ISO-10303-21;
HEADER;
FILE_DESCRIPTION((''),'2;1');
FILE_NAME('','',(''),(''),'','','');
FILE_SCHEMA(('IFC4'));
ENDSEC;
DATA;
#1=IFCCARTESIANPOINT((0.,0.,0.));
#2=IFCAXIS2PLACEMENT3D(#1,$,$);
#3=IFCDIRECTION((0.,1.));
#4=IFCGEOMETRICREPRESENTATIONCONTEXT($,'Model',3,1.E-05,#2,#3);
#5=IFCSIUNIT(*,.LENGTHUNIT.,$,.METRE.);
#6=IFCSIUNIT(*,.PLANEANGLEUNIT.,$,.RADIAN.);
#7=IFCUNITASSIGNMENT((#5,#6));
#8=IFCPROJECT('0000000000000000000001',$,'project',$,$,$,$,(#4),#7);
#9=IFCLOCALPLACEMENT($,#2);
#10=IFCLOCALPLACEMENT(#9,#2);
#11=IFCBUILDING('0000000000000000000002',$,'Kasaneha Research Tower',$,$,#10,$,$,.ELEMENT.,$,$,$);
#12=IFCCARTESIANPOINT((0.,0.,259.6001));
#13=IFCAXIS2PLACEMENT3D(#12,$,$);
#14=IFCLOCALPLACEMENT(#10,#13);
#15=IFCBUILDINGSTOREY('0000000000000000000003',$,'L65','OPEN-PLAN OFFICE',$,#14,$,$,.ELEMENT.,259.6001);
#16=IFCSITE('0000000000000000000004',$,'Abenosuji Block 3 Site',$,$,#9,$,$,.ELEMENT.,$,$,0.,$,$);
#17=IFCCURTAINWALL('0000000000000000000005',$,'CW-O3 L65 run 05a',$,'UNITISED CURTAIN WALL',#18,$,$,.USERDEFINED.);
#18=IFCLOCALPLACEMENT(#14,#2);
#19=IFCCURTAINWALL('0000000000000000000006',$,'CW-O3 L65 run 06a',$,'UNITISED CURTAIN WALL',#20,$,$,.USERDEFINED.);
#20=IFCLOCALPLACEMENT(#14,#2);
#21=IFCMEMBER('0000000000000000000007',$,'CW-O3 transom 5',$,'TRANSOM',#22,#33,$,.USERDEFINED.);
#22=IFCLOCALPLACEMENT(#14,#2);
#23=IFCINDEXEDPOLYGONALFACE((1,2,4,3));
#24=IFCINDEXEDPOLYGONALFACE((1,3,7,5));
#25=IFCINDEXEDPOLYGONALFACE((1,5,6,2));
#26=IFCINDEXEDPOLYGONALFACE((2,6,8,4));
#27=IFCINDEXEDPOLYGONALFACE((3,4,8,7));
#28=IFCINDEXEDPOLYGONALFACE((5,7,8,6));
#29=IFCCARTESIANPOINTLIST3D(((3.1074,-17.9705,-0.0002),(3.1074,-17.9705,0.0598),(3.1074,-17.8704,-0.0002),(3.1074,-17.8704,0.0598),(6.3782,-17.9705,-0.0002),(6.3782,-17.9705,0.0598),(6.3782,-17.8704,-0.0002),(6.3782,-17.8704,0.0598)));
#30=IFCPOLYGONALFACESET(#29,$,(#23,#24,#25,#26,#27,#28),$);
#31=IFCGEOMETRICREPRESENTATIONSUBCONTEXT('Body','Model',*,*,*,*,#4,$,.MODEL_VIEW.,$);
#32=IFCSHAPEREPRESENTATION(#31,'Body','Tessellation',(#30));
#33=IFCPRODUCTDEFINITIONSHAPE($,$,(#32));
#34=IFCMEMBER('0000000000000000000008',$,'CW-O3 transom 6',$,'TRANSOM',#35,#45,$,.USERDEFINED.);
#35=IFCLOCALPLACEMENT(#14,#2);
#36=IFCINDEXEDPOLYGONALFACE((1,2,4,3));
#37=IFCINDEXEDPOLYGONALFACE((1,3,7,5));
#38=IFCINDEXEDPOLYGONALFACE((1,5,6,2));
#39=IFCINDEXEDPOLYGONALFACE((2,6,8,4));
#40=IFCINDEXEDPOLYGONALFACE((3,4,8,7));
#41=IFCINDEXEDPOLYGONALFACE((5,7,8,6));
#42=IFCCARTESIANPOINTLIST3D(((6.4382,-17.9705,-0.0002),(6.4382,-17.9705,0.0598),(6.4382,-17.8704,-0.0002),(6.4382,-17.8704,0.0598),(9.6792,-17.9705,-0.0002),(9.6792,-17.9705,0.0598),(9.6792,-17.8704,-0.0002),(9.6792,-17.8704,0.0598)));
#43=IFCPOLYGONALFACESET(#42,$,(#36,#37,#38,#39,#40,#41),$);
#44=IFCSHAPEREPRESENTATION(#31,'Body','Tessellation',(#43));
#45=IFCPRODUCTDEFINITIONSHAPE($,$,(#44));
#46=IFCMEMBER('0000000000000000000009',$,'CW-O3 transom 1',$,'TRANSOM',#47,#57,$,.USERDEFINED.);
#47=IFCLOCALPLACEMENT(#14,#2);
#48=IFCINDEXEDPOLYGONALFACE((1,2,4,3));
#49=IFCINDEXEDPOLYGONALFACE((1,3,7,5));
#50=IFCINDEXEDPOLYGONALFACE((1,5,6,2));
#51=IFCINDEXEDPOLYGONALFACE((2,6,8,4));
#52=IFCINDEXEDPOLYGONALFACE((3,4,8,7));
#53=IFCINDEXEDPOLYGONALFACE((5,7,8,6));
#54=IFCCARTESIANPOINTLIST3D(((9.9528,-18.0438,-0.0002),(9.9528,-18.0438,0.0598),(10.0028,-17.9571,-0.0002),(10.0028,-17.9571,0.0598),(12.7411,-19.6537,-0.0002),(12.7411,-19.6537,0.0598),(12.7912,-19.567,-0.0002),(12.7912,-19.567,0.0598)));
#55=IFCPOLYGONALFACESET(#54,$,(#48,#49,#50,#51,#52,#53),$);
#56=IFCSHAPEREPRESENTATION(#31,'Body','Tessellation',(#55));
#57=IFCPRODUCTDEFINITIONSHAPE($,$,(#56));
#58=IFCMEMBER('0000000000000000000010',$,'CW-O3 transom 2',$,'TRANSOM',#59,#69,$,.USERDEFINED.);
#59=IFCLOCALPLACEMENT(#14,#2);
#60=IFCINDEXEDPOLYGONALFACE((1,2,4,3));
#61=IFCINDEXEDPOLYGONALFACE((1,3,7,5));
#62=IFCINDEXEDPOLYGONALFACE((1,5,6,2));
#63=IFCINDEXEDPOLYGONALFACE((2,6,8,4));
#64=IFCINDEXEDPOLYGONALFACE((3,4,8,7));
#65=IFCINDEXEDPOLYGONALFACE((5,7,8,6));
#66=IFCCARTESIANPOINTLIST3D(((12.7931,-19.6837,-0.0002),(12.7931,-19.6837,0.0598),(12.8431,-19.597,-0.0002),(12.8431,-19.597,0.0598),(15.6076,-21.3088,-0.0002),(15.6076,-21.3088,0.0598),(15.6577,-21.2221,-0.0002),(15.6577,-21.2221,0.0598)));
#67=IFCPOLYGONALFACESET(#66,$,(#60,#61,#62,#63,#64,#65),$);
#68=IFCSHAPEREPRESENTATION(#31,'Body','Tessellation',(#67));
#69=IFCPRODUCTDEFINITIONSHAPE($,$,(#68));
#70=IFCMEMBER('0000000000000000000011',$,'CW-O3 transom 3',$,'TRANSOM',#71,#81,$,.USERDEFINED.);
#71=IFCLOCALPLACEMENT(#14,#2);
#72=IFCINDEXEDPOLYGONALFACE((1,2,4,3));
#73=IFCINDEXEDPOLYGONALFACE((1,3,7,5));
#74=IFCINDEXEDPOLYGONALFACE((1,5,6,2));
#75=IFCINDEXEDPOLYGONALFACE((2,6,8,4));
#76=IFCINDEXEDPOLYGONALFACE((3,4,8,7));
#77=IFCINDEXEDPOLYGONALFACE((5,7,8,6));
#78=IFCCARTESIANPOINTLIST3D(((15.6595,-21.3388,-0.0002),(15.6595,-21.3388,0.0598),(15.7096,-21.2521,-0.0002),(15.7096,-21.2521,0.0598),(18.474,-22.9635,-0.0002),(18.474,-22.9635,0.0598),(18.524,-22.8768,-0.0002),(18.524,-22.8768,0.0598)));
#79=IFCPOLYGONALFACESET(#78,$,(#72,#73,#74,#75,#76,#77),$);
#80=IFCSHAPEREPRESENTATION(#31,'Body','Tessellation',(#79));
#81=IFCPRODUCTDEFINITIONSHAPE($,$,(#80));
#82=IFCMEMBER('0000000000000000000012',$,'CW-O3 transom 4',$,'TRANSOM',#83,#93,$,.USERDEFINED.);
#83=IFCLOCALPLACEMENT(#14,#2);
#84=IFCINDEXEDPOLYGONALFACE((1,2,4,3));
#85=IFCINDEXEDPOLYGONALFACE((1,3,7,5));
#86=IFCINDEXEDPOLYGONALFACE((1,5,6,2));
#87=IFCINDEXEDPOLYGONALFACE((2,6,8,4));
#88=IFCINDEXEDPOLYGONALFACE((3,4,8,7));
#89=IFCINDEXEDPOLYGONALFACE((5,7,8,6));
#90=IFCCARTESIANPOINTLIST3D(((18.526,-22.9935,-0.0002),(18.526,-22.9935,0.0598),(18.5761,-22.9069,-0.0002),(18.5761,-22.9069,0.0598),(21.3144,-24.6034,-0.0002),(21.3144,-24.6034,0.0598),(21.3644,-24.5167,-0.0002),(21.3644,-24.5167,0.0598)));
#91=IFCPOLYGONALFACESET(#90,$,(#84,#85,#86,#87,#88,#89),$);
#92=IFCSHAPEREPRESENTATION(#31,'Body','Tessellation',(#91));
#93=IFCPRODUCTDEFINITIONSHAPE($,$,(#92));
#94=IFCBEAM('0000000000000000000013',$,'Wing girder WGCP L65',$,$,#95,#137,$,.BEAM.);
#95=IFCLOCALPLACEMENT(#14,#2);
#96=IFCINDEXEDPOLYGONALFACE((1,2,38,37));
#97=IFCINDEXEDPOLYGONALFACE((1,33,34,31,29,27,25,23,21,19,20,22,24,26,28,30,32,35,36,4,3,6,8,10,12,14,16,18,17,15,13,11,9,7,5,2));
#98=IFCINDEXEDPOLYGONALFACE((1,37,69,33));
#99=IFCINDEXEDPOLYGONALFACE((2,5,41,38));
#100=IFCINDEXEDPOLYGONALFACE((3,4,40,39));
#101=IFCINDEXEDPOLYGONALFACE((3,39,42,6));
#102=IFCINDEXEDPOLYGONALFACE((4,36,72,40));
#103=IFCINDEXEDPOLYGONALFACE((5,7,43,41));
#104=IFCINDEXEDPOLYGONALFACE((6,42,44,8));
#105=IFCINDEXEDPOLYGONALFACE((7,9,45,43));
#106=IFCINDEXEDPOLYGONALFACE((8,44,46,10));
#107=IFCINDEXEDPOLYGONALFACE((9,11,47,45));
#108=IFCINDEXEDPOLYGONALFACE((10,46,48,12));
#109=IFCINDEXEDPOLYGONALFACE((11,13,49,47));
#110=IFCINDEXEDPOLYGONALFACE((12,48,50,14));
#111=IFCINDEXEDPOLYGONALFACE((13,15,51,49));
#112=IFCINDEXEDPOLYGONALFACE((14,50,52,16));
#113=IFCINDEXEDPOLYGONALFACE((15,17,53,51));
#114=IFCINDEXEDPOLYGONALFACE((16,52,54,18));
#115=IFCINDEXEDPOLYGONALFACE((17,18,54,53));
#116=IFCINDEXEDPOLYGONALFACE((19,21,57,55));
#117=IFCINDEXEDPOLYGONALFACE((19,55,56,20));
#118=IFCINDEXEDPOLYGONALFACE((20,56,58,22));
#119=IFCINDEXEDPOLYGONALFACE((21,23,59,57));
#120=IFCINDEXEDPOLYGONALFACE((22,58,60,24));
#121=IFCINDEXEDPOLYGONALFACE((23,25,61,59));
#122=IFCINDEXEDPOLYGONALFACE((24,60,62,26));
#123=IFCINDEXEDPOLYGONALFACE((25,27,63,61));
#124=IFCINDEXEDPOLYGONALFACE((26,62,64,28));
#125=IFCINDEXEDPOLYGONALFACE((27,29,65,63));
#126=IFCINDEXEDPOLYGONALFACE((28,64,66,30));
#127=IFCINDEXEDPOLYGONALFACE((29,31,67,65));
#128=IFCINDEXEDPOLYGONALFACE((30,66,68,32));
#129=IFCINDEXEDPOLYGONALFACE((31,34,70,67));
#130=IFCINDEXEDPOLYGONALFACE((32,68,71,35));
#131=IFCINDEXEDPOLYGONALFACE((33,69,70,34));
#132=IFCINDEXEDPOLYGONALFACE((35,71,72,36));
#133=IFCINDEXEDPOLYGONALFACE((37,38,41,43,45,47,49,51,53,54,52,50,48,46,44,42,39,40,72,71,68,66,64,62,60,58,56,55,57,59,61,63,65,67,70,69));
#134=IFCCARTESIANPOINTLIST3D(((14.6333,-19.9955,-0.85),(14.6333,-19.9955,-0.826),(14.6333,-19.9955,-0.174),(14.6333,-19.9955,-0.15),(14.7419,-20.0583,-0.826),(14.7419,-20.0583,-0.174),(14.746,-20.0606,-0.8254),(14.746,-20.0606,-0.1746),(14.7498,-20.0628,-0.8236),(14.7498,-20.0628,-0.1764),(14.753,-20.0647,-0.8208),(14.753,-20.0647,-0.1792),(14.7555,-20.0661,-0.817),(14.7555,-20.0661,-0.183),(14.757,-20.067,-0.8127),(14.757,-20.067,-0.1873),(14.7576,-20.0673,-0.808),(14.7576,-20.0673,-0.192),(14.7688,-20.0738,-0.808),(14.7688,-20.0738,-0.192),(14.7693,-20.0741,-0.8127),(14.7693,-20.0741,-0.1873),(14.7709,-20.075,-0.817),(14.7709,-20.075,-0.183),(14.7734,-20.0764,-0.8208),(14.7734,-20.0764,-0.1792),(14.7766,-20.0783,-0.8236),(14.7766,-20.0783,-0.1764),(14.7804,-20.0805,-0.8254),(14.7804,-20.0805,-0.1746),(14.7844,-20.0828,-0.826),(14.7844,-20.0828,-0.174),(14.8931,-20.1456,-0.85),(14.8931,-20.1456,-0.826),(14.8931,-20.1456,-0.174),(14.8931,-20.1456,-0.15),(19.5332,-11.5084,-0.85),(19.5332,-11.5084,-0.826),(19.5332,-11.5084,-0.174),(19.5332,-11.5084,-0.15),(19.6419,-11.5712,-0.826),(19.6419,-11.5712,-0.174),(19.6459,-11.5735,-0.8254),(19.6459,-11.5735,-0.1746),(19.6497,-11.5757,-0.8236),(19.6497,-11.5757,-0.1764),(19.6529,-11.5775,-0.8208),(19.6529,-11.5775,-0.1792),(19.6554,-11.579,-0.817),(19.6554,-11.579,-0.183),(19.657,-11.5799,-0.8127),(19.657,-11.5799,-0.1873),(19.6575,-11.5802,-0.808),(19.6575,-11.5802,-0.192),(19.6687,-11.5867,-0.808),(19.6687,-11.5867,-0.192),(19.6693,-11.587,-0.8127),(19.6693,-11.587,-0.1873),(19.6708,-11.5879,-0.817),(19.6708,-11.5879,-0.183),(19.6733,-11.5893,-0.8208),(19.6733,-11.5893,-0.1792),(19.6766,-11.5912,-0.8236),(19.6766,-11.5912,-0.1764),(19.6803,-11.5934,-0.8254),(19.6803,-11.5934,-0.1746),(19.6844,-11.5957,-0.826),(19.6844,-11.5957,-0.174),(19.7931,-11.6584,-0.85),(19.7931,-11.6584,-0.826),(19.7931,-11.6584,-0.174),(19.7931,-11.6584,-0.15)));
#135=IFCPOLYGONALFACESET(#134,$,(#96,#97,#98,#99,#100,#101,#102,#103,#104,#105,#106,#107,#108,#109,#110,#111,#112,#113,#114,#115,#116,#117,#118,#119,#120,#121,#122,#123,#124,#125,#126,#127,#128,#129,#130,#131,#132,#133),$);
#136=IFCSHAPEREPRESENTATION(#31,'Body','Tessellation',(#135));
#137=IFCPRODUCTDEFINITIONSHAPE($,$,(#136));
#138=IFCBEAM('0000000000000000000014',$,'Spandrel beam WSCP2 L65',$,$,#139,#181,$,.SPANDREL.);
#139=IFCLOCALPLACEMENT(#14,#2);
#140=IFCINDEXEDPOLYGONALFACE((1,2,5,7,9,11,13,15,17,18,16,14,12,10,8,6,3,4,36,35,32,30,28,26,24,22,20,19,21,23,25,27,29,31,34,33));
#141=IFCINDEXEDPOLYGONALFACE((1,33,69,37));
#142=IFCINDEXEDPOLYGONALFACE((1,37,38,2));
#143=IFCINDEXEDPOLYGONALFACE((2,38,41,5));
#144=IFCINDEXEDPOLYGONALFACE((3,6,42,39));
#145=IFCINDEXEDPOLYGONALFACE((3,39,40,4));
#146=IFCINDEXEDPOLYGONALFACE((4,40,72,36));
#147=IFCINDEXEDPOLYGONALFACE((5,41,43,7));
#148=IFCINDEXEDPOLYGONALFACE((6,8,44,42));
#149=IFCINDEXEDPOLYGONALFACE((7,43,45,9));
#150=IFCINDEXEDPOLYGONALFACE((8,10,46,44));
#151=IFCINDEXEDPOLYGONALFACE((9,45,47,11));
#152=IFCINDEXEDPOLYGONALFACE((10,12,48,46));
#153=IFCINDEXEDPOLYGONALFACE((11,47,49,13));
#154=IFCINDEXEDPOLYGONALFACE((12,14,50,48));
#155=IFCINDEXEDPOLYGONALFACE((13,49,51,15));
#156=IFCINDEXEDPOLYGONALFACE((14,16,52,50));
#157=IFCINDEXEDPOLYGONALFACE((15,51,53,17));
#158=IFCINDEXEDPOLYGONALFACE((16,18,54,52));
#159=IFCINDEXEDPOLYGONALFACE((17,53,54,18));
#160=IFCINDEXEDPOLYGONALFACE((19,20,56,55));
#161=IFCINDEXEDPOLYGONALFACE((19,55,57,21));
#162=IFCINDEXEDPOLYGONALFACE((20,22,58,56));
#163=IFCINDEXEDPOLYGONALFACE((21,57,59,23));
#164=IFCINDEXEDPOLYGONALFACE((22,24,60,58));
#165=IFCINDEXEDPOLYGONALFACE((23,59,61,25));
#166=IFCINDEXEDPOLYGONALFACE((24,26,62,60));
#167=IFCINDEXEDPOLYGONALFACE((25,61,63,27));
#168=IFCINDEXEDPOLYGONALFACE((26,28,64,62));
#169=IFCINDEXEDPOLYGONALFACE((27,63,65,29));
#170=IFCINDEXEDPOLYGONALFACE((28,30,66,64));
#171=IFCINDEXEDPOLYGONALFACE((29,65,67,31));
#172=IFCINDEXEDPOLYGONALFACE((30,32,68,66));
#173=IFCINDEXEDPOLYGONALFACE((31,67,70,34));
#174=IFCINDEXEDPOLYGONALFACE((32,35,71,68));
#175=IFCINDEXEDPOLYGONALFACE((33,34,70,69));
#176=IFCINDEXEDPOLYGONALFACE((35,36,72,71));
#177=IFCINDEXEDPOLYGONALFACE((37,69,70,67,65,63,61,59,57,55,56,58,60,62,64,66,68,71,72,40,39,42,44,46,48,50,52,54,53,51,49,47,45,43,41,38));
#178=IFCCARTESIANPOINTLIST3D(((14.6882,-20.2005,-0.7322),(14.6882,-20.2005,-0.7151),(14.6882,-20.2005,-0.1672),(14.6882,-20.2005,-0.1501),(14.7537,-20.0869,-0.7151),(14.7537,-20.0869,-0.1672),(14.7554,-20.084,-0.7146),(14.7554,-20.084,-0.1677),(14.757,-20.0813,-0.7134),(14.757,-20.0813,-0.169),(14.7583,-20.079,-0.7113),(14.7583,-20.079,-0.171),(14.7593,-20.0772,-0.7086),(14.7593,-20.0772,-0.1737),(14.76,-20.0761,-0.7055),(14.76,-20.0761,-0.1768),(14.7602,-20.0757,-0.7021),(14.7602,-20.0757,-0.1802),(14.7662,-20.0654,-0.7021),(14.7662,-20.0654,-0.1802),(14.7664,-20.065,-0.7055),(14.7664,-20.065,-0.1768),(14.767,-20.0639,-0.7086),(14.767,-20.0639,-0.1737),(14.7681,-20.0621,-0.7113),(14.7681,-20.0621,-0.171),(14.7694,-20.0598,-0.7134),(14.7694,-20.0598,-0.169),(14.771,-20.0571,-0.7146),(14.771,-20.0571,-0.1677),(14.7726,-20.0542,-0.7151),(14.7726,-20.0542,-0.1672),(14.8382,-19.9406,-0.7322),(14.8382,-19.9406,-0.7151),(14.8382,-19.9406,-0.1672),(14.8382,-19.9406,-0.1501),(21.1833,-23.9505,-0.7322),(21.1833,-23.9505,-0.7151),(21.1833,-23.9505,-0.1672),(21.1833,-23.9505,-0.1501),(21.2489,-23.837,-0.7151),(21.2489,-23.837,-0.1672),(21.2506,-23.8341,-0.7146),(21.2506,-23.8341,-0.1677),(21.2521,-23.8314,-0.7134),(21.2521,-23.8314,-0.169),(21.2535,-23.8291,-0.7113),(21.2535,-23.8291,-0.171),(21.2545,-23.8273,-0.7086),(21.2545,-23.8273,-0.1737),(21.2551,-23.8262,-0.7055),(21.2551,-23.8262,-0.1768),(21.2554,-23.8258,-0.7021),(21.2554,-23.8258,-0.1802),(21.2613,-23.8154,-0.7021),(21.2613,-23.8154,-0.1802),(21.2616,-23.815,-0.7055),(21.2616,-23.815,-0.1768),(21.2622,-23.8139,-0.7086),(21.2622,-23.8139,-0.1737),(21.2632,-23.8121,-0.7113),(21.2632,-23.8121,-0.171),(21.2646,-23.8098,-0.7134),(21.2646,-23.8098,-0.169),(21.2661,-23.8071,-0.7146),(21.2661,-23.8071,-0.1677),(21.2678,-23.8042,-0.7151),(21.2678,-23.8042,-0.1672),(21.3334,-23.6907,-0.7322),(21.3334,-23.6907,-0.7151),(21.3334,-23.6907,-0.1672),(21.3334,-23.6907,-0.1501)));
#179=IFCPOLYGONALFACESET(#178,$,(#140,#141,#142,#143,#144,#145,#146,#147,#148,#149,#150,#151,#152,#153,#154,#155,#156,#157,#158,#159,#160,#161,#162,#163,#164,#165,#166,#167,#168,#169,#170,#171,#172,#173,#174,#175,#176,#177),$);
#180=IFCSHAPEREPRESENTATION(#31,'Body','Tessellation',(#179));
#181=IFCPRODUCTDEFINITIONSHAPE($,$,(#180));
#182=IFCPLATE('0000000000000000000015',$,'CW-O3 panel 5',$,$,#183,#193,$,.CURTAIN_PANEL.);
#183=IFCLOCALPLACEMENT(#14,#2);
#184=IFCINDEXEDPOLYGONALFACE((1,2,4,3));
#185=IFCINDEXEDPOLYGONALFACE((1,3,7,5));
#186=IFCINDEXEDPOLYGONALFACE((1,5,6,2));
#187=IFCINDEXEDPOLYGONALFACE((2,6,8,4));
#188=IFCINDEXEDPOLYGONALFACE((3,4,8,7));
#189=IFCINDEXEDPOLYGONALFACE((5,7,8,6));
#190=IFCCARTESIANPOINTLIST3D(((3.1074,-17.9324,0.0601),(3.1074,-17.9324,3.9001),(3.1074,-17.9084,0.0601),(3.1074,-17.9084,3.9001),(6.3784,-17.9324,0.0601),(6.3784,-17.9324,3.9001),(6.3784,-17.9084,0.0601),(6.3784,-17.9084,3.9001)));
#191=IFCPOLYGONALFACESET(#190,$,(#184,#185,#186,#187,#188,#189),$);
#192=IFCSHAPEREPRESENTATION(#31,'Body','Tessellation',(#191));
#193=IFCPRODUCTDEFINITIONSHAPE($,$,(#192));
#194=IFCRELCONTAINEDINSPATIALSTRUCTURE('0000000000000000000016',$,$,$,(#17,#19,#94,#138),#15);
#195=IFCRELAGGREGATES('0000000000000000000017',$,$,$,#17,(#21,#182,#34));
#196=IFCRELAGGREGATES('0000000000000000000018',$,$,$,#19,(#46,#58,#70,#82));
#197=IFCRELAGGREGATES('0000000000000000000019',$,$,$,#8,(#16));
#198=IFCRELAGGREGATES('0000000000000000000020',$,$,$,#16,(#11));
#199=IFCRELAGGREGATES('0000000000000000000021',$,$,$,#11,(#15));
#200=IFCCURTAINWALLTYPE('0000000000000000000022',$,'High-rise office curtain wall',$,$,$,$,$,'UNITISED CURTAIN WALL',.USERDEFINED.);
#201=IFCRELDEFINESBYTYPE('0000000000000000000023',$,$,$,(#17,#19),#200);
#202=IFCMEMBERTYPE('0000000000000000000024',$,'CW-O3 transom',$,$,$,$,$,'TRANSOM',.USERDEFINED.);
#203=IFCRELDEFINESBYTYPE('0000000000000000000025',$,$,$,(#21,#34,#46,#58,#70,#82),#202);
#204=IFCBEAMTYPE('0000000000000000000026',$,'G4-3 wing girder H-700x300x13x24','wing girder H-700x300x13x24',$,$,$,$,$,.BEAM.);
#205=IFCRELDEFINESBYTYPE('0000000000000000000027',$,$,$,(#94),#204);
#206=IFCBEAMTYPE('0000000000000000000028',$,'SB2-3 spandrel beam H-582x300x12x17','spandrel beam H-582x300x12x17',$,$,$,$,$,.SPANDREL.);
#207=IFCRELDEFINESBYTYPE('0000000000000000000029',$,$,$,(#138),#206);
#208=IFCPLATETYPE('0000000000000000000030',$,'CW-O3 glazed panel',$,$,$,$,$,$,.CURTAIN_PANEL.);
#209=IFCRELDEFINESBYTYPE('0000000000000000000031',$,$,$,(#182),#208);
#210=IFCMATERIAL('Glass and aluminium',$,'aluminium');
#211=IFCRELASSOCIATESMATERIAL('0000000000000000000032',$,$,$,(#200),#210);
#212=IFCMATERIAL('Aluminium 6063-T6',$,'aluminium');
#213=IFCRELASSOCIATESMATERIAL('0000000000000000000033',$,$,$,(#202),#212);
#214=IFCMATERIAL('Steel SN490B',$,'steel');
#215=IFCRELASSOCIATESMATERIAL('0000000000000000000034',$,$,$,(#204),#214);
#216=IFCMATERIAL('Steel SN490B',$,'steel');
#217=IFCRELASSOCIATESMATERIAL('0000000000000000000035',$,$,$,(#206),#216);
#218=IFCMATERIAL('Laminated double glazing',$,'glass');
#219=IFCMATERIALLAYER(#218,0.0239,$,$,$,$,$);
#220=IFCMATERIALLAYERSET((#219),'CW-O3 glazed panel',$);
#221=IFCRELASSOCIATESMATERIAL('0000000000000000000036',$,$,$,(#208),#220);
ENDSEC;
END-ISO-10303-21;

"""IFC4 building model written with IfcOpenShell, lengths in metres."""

from ifc_helpers import new_model, si_unit, direction, frame, origin, origin_2d, place, context, subcontext, project, spatial, rectangle, i_section, extrude, material, layer, layer_set, material_profile, profile_set, type_object, element, aggregate, save


model = new_model("IFC4")

# Units and contexts
model_context = context("Model", 3, precision=1e-05, world=origin(), true_north=direction((0.0, 1.0)))
body_context = subcontext(model_context, "Body", "Model", "MODEL_VIEW")
ifc_project = project(units=[si_unit("LENGTHUNIT", "METRE"), si_unit("PLANEANGLEUNIT", "RADIAN")], contexts=[model_context])

# Site, building, storey
site_placement = place(None, origin())
site = spatial("IfcSite", under=ifc_project, at=site_placement, Name="Abenosuji Block 3 Site", CompositionType="ELEMENT", RefElevation=0.0)
building_placement = place(site_placement, origin())
building = spatial("IfcBuilding", under=site, at=building_placement, Name="Kasaneha Research Tower", CompositionType="ELEMENT")
storey_placement = place(building_placement, frame((0.0, 0.0, 259.6001)))
storey = spatial("IfcBuildingStorey", under=building, at=storey_placement, Name="L65", Description="OPEN-PLAN OFFICE", CompositionType="ELEMENT", Elevation=259.6001)

# Curtain walls
ifc_material_1 = material(Name="Glass and aluminium", Category="aluminium")
curtain_wall_type = type_object("IfcCurtainWallType", Name="High-rise office curtain wall", ElementType="UNITISED CURTAIN WALL", PredefinedType="USERDEFINED", material=ifc_material_1)
curtain_wall_1_placement = place(storey_placement, origin())
curtain_wall_1 = element("IfcCurtainWall", 1, at=curtain_wall_1_placement, inside=storey, type_object=curtain_wall_type, Name="CW-O3 L65 run 05a", ObjectType="UNITISED CURTAIN WALL", PredefinedType="USERDEFINED")
curtain_wall_2_placement = place(storey_placement, origin())
curtain_wall_2 = element("IfcCurtainWall", 2, at=curtain_wall_2_placement, inside=storey, type_object=curtain_wall_type, Name="CW-O3 L65 run 06a", ObjectType="UNITISED CURTAIN WALL", PredefinedType="USERDEFINED")

# Members
ifc_material_2 = material(Name="Aluminium 6063-T6", Category="aluminium")
ifc_material_profile_1 = material_profile(ifc_material_2, rectangle(XDim=0.1001, YDim=0.0601, at=origin_2d()), Name="CW-O3 transom 100x60")
ifc_profile_set_1 = profile_set([ifc_material_profile_1], Name="Aluminium 6063-T6")
member_type_1 = type_object("IfcMemberType", Name="CW-O3 transom", ElementType="TRANSOM", PredefinedType="USERDEFINED", material=ifc_profile_set_1)
member_1_placement = place(storey_placement, frame((3.1074, -17.9204, 0.0298), z_axis=(1.0, 0.0, 0.0), x_axis=(0.0, 1.0, 0.0)))
member_1 = element("IfcMember", 3, at=member_1_placement, type_object=member_type_1, Name="CW-O3 transom 5", ObjectType="TRANSOM", PredefinedType="USERDEFINED", context=body_context, shape_type="SweptSolid", body=[
    extrude(rectangle(XDim=0.1001, YDim=0.0601, at=origin_2d()), origin(), (0.0, 0.0, 1.0), 3.2708),
])
member_2_placement = place(storey_placement, frame((6.4382, -17.9204, 0.0298), z_axis=(1.0, 0.0, 0.0), x_axis=(0.0, 1.0, 0.0)))
member_2 = element("IfcMember", 4, at=member_2_placement, type_object=member_type_1, Name="CW-O3 transom 6", ObjectType="TRANSOM", PredefinedType="USERDEFINED", context=body_context, shape_type="SweptSolid", body=[
    extrude(rectangle(XDim=0.1001, YDim=0.0601, at=origin_2d()), origin(), (0.0, 0.0, 1.0), 3.241),
])
member_3_placement = place(storey_placement, frame((9.9778, -18.0005, 0.0298), z_axis=(0.866023, -0.500005, 0.0), x_axis=(0.500005, 0.866023, 0.0)))
member_3 = element("IfcMember", 5, at=member_3_placement, type_object=member_type_1, Name="CW-O3 transom 1", ObjectType="TRANSOM", PredefinedType="USERDEFINED", context=body_context, shape_type="SweptSolid", body=[
    extrude(rectangle(XDim=0.1001, YDim=0.0601, at=origin_2d()), origin(), (0.0, 0.0, 1.0), 3.2197),
])
member_4_placement = place(storey_placement, frame((12.8181, -19.6404, 0.0298), z_axis=(0.866015, -0.500017, 0.0), x_axis=(0.500017, 0.866015, 0.0)))
member_4 = element("IfcMember", 6, at=member_4_placement, type_object=member_type_1, Name="CW-O3 transom 2", ObjectType="TRANSOM", PredefinedType="USERDEFINED", context=body_context, shape_type="SweptSolid", body=[
    extrude(rectangle(XDim=0.1001, YDim=0.0601, at=origin_2d()), origin(), (0.0, 0.0, 1.0), 3.25),
])
member_5_placement = place(storey_placement, frame((15.6846, -21.2954, 0.0298), z_axis=(0.866048, -0.499961, 0.0), x_axis=(0.499961, 0.866048, 0.0)))
member_5 = element("IfcMember", 7, at=member_5_placement, type_object=member_type_1, Name="CW-O3 transom 3", ObjectType="TRANSOM", PredefinedType="USERDEFINED", context=body_context, shape_type="SweptSolid", body=[
    extrude(rectangle(XDim=0.1001, YDim=0.0601, at=origin_2d()), origin(), (0.0, 0.0, 1.0), 3.2498),
])
member_6_placement = place(storey_placement, frame((18.551, -22.9502, 0.0298), z_axis=(0.866023, -0.500005, 0.0), x_axis=(0.500005, 0.866023, 0.0)))
member_6 = element("IfcMember", 8, at=member_6_placement, type_object=member_type_1, Name="CW-O3 transom 4", ObjectType="TRANSOM", PredefinedType="USERDEFINED", context=body_context, shape_type="SweptSolid", body=[
    extrude(rectangle(XDim=0.1001, YDim=0.0601, at=origin_2d()), origin(), (0.0, 0.0, 1.0), 3.2197),
])

# Beams
ifc_material_3 = material(Name="Steel SN490B", Category="steel")
ifc_material_profile_2 = material_profile(ifc_material_3, i_section(OverallWidth=0.3, OverallDepth=0.7, WebThickness=0.0129, FlangeThickness=0.0239, FilletRadius=0.0181, at=origin_2d()), Name="H-700x300x13x24")
ifc_profile_set_2 = profile_set([ifc_material_profile_2], Name="Steel SN490B")
beam_type_1 = type_object("IfcBeamType", Name="G4-3 wing girder H-700x300x13x24", Description="wing girder H-700x300x13x24", PredefinedType="BEAM", material=ifc_profile_set_2)
beam_1_placement = place(storey_placement, frame((14.7632, -20.0706, -0.5), z_axis=(0.499992, 0.86603, 0.0), x_axis=(-0.86603, 0.499992, 0.0)))
element("IfcBeam", 9, at=beam_1_placement, inside=storey, type_object=beam_type_1, Name="Wing girder WGCP L65", PredefinedType="BEAM", context=body_context, shape_type="SweptSolid", body=[
    extrude(i_section(OverallWidth=0.3, OverallDepth=0.7, WebThickness=0.0129, FlangeThickness=0.0239, FilletRadius=0.0181, at=origin_2d()), origin(), (0.0, 0.0, 1.0), 9.8),
])
ifc_material_4 = material(Name="Steel SN490B", Category="steel")
ifc_material_profile_3 = material_profile(ifc_material_4, i_section(OverallWidth=0.3, OverallDepth=0.582, WebThickness=0.012, FlangeThickness=0.0171, FilletRadius=0.0129, at=origin_2d()), Name="H-582x300x12x17")
ifc_profile_set_3 = profile_set([ifc_material_profile_3], Name="Steel SN490B")
beam_type_2 = type_object("IfcBeamType", Name="SB2-3 spandrel beam H-582x300x12x17", Description="spandrel beam H-582x300x12x17", PredefinedType="SPANDREL", material=ifc_profile_set_3)
beam_2_placement = place(storey_placement, frame((14.7632, -20.0706, -0.4412), z_axis=(0.866023, -0.500004, 0.0), x_axis=(0.500004, 0.866023, 0.0)))
element("IfcBeam", 10, at=beam_2_placement, inside=storey, type_object=beam_type_2, Name="Spandrel beam WSCP2 L65", PredefinedType="SPANDREL", context=body_context, shape_type="SweptSolid", body=[
    extrude(i_section(OverallWidth=0.3, OverallDepth=0.582, WebThickness=0.012, FlangeThickness=0.0171, FilletRadius=0.0129, at=origin_2d()), origin(), (0.0, 0.0, 1.0), 7.5),
])

# Plate
ifc_material_5 = material(Name="Laminated double glazing", Category="glass")
ifc_layer_1 = layer(ifc_material_5, 0.0239)
ifc_layer_set_1 = layer_set([ifc_layer_1], Name="CW-O3 glazed panel")
plate_type = type_object("IfcPlateType", Name="CW-O3 glazed panel", PredefinedType="CURTAIN_PANEL", material=ifc_layer_set_1)
plate_1_placement = place(storey_placement, frame((4.7429, -17.9204, 0.0601), z_axis=(0.0, 0.0, 1.0), x_axis=(1.0, 0.0, 0.0)))
plate_1 = element("IfcPlate", 11, at=plate_1_placement, type_object=plate_type, Name="CW-O3 panel 5", PredefinedType="CURTAIN_PANEL", context=body_context, shape_type="SweptSolid", body=[
    extrude(rectangle(XDim=3.271, YDim=0.0239, at=origin_2d()), origin(), (0.0, 0.0, 1.0), 3.8401),
])
aggregate(curtain_wall_1, [member_1, plate_1, member_2])
aggregate(curtain_wall_2, [member_3, member_4, member_5, member_6])

save(model, "model.ifc")
